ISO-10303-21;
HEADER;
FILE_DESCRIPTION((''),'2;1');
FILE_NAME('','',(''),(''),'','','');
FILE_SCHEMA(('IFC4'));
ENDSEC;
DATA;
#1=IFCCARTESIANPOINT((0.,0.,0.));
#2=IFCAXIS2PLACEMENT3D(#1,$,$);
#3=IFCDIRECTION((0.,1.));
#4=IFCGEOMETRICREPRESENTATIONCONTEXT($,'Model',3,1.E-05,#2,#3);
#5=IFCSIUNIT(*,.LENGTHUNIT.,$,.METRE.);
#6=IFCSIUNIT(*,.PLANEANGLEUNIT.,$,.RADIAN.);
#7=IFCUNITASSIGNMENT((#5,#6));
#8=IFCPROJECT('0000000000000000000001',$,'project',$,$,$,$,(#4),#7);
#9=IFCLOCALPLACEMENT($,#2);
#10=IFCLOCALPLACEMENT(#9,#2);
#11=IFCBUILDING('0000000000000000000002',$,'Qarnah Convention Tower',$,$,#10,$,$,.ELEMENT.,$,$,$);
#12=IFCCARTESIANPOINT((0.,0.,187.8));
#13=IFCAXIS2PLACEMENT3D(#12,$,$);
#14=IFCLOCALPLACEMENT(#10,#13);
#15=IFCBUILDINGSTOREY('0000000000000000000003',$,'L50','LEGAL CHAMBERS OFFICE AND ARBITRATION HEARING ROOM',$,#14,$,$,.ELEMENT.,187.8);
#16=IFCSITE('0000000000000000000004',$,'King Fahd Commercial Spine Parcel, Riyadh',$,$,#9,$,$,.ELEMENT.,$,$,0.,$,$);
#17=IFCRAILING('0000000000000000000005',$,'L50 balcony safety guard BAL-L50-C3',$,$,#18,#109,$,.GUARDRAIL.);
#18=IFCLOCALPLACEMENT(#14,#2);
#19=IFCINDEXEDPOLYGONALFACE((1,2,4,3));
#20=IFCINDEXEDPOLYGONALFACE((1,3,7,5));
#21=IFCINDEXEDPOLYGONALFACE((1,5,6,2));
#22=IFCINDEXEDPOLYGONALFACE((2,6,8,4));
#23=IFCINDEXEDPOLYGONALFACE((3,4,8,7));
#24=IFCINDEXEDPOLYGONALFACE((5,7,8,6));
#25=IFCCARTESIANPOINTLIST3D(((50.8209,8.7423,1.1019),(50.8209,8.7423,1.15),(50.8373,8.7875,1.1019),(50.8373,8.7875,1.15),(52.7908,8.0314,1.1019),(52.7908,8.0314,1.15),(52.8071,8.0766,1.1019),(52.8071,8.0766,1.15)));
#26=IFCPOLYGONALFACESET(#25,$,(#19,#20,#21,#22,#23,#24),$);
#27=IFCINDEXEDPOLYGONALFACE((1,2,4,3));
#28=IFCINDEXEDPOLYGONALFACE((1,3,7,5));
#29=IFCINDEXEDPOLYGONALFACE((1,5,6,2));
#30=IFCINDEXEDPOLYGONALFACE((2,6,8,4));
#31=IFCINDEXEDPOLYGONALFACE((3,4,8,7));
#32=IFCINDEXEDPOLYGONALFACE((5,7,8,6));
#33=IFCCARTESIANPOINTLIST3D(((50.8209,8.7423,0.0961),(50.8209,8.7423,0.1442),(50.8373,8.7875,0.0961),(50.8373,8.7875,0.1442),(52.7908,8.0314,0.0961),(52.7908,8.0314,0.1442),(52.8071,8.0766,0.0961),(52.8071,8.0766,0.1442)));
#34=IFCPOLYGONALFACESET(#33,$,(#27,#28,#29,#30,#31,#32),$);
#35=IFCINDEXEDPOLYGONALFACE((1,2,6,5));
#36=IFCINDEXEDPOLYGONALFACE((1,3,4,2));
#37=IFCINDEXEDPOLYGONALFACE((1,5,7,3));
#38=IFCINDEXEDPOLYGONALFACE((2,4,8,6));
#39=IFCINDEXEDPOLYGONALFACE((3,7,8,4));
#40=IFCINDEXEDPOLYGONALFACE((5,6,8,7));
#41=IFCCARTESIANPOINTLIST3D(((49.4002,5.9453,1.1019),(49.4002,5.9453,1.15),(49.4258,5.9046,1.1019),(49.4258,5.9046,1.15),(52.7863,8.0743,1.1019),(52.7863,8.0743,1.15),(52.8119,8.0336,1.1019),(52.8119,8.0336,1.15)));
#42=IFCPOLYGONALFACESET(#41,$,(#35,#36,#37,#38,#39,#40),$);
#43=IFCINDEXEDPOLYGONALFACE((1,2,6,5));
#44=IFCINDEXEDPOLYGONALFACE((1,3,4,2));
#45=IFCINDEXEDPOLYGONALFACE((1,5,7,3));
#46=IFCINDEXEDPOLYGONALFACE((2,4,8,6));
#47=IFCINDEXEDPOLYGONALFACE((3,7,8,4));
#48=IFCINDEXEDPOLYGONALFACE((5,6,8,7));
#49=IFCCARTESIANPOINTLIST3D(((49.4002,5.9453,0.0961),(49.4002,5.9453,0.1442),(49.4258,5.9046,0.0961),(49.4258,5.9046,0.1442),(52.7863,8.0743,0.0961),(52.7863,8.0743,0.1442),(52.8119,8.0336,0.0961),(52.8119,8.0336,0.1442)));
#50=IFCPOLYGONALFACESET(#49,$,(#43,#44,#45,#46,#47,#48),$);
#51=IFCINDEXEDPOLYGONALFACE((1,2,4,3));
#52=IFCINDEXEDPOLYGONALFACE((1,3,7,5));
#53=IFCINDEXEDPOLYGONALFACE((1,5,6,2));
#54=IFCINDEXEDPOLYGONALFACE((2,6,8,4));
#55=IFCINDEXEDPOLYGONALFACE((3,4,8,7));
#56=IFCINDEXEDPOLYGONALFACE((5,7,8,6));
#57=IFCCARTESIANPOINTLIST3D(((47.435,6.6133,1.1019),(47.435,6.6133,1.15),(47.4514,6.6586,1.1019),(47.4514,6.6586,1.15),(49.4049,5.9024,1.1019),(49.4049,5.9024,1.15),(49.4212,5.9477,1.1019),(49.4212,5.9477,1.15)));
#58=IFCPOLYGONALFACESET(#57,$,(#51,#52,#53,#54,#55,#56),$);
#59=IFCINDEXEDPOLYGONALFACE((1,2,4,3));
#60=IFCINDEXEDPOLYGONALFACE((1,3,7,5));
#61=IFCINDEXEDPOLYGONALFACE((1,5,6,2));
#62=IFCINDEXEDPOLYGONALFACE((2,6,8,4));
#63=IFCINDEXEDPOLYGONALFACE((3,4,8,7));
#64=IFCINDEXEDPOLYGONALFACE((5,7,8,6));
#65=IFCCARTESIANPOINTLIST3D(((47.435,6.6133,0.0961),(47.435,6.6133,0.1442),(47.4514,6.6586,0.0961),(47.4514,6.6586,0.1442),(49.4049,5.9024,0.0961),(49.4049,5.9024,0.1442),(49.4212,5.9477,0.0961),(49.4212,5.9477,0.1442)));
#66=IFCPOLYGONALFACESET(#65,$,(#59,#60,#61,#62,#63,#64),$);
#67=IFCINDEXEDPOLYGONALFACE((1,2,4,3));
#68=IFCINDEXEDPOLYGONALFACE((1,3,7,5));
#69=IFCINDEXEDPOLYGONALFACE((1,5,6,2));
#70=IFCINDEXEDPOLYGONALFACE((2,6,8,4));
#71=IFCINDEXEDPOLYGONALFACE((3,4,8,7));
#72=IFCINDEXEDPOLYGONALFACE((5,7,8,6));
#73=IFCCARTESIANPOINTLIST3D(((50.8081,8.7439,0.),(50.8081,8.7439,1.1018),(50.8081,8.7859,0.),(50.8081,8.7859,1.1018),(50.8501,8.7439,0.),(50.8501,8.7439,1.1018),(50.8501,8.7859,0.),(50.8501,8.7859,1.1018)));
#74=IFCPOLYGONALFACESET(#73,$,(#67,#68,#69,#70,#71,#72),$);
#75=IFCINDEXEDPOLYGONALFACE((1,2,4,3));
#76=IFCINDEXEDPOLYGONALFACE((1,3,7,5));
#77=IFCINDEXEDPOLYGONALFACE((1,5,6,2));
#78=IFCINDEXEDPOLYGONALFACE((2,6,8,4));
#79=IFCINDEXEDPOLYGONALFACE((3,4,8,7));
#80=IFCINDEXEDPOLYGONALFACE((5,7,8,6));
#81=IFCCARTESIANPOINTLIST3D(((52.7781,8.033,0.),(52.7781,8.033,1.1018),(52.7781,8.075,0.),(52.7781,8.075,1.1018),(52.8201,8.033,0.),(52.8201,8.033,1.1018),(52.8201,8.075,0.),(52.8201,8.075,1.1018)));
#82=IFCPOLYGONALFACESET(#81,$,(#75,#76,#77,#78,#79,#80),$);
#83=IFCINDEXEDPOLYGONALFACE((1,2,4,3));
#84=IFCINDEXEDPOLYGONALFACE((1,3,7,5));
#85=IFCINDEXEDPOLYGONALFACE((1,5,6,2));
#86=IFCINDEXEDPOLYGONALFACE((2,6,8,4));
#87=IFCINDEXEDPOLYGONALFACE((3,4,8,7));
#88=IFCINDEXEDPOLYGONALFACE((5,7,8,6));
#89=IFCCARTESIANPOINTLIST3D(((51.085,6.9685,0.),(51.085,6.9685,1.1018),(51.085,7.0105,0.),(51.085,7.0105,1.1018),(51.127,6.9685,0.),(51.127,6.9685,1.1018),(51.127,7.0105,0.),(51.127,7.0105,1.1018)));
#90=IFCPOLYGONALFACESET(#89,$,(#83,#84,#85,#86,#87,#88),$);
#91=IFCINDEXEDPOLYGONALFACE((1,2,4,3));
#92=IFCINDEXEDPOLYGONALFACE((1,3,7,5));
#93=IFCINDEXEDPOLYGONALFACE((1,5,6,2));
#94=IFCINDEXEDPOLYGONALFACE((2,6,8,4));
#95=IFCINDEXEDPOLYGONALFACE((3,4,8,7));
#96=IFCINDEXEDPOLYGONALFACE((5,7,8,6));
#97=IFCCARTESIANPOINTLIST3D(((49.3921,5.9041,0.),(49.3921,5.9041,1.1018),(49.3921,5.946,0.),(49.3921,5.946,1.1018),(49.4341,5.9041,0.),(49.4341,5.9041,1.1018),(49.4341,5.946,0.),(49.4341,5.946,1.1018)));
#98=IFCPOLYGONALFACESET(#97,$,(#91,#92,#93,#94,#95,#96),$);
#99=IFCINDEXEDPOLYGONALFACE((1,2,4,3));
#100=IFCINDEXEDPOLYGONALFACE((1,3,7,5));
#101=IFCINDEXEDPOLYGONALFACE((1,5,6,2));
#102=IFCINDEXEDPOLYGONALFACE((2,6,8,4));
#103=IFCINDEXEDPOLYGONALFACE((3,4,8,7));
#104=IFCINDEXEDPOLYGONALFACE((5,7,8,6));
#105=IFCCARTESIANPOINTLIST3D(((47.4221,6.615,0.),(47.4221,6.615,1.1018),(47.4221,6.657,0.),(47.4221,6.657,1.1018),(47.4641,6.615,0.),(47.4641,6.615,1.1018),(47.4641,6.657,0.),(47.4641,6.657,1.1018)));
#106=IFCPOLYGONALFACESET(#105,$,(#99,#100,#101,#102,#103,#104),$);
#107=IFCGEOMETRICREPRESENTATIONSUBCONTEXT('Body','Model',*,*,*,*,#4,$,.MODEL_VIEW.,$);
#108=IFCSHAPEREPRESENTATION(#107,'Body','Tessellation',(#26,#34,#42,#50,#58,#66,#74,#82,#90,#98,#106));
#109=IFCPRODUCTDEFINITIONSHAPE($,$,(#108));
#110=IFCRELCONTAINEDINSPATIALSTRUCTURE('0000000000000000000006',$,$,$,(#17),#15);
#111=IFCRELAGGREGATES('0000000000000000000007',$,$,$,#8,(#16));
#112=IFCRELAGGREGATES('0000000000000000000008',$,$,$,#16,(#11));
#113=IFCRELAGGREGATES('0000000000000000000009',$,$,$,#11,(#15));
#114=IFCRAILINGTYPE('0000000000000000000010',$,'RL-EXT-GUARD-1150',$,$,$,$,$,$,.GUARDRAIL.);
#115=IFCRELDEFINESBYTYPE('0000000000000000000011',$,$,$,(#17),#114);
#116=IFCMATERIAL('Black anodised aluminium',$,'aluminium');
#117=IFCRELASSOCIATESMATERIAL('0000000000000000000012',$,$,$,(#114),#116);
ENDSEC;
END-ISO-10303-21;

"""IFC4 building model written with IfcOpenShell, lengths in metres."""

from ifc_helpers import new_model, si_unit, direction, frame, origin, origin_2d, place, context, subcontext, project, spatial, rectangle, extrude, material, type_object, element, save


model = new_model("IFC4")

# Units and contexts
model_context = context("Model", 3, precision=1e-05, world=origin(), true_north=direction((0.0, 1.0)))
body_context = subcontext(model_context, "Body", "Model", "MODEL_VIEW")
ifc_project = project(units=[si_unit("LENGTHUNIT", "METRE"), si_unit("PLANEANGLEUNIT", "RADIAN")], contexts=[model_context])

# Site, building, storey
site_placement = place(None, origin())
site = spatial("IfcSite", under=ifc_project, at=site_placement, Name="King Fahd Commercial Spine Parcel, Riyadh", CompositionType="ELEMENT", RefElevation=0.0)
building_placement = place(site_placement, origin())
building = spatial("IfcBuilding", under=site, at=building_placement, Name="Qarnah Convention Tower", CompositionType="ELEMENT")
storey_placement = place(building_placement, frame((0.0, 0.0, 187.8)))
storey = spatial("IfcBuildingStorey", under=building, at=storey_placement, Name="L50", Description="LEGAL CHAMBERS OFFICE AND ARBITRATION HEARING ROOM", CompositionType="ELEMENT", Elevation=187.8)

# Shared definitions
ifc_material_1 = material(Name="Black anodised aluminium", Category="aluminium")

# Railing
railing_type = type_object("IfcRailingType", Name="RL-EXT-GUARD-1150", PredefinedType="GUARDRAIL", material=ifc_material_1)
railing_1_placement = place(storey_placement, frame((50.8291, 8.7649, 0.0)))
element("IfcRailing", 1, at=railing_1_placement, inside=storey, type_object=railing_type, Name="L50 balcony safety guard BAL-L50-C3", PredefinedType="GUARDRAIL", context=body_context, shape_type="SweptSolid", body=[
    extrude(rectangle(XDim=0.0481, YDim=0.0481, at=origin_2d()), frame((0.0, 0.0, 1.126), z_axis=(0.940621, -0.339458, 0.0), x_axis=(0.339458, 0.940621, 0.0)), (0.0, 0.0, 1.0), 2.0942),
    extrude(rectangle(XDim=0.0481, YDim=0.0481, at=origin_2d()), frame((0.0, 0.0, 0.1201), z_axis=(0.940621, -0.339458, 0.0), x_axis=(0.339458, 0.940621, 0.0)), (0.0, 0.0, 1.0), 2.0942),
    extrude(rectangle(XDim=0.0481, YDim=0.0481, at=origin_2d()), frame((1.97, -0.7109, 1.126), z_axis=(-0.846572, -0.532274, 0.0), x_axis=(0.532274, -0.846572, 0.0)), (0.0, 0.0, 1.0), 3.9998),
    extrude(rectangle(XDim=0.0481, YDim=0.0481, at=origin_2d()), frame((1.97, -0.7109, 0.1201), z_axis=(-0.846572, -0.532274, 0.0), x_axis=(0.532274, -0.846572, 0.0)), (0.0, 0.0, 1.0), 3.9998),
    extrude(rectangle(XDim=0.0481, YDim=0.0481, at=origin_2d()), frame((-1.416, -2.8398, 1.126), z_axis=(-0.940621, 0.339458, 0.0), x_axis=(-0.339458, -0.940621, 0.0)), (0.0, 0.0, 1.0), 2.0942),
    extrude(rectangle(XDim=0.0481, YDim=0.0481, at=origin_2d()), frame((-1.416, -2.8398, 0.1201), z_axis=(-0.940621, 0.339458, 0.0), x_axis=(-0.339458, -0.940621, 0.0)), (0.0, 0.0, 1.0), 2.0942),
    extrude(rectangle(XDim=0.042, YDim=0.042, at=origin_2d()), origin(), (0.0, 0.0, 1.0), 1.1018),
    extrude(rectangle(XDim=0.042, YDim=0.042, at=origin_2d()), frame((1.97, -0.7109, 0.0)), (0.0, 0.0, 1.0), 1.1018),
    extrude(rectangle(XDim=0.042, YDim=0.042, at=origin_2d()), frame((0.2769, -1.7754, 0.0)), (0.0, 0.0, 1.0), 1.1018),
    extrude(rectangle(XDim=0.042, YDim=0.042, at=origin_2d()), frame((-1.416, -2.8398, 0.0)), (0.0, 0.0, 1.0), 1.1018),
    extrude(rectangle(XDim=0.042, YDim=0.042, at=origin_2d()), frame((-3.386, -2.1289, 0.0)), (0.0, 0.0, 1.0), 1.1018),
])

save(model, "model.ifc")
